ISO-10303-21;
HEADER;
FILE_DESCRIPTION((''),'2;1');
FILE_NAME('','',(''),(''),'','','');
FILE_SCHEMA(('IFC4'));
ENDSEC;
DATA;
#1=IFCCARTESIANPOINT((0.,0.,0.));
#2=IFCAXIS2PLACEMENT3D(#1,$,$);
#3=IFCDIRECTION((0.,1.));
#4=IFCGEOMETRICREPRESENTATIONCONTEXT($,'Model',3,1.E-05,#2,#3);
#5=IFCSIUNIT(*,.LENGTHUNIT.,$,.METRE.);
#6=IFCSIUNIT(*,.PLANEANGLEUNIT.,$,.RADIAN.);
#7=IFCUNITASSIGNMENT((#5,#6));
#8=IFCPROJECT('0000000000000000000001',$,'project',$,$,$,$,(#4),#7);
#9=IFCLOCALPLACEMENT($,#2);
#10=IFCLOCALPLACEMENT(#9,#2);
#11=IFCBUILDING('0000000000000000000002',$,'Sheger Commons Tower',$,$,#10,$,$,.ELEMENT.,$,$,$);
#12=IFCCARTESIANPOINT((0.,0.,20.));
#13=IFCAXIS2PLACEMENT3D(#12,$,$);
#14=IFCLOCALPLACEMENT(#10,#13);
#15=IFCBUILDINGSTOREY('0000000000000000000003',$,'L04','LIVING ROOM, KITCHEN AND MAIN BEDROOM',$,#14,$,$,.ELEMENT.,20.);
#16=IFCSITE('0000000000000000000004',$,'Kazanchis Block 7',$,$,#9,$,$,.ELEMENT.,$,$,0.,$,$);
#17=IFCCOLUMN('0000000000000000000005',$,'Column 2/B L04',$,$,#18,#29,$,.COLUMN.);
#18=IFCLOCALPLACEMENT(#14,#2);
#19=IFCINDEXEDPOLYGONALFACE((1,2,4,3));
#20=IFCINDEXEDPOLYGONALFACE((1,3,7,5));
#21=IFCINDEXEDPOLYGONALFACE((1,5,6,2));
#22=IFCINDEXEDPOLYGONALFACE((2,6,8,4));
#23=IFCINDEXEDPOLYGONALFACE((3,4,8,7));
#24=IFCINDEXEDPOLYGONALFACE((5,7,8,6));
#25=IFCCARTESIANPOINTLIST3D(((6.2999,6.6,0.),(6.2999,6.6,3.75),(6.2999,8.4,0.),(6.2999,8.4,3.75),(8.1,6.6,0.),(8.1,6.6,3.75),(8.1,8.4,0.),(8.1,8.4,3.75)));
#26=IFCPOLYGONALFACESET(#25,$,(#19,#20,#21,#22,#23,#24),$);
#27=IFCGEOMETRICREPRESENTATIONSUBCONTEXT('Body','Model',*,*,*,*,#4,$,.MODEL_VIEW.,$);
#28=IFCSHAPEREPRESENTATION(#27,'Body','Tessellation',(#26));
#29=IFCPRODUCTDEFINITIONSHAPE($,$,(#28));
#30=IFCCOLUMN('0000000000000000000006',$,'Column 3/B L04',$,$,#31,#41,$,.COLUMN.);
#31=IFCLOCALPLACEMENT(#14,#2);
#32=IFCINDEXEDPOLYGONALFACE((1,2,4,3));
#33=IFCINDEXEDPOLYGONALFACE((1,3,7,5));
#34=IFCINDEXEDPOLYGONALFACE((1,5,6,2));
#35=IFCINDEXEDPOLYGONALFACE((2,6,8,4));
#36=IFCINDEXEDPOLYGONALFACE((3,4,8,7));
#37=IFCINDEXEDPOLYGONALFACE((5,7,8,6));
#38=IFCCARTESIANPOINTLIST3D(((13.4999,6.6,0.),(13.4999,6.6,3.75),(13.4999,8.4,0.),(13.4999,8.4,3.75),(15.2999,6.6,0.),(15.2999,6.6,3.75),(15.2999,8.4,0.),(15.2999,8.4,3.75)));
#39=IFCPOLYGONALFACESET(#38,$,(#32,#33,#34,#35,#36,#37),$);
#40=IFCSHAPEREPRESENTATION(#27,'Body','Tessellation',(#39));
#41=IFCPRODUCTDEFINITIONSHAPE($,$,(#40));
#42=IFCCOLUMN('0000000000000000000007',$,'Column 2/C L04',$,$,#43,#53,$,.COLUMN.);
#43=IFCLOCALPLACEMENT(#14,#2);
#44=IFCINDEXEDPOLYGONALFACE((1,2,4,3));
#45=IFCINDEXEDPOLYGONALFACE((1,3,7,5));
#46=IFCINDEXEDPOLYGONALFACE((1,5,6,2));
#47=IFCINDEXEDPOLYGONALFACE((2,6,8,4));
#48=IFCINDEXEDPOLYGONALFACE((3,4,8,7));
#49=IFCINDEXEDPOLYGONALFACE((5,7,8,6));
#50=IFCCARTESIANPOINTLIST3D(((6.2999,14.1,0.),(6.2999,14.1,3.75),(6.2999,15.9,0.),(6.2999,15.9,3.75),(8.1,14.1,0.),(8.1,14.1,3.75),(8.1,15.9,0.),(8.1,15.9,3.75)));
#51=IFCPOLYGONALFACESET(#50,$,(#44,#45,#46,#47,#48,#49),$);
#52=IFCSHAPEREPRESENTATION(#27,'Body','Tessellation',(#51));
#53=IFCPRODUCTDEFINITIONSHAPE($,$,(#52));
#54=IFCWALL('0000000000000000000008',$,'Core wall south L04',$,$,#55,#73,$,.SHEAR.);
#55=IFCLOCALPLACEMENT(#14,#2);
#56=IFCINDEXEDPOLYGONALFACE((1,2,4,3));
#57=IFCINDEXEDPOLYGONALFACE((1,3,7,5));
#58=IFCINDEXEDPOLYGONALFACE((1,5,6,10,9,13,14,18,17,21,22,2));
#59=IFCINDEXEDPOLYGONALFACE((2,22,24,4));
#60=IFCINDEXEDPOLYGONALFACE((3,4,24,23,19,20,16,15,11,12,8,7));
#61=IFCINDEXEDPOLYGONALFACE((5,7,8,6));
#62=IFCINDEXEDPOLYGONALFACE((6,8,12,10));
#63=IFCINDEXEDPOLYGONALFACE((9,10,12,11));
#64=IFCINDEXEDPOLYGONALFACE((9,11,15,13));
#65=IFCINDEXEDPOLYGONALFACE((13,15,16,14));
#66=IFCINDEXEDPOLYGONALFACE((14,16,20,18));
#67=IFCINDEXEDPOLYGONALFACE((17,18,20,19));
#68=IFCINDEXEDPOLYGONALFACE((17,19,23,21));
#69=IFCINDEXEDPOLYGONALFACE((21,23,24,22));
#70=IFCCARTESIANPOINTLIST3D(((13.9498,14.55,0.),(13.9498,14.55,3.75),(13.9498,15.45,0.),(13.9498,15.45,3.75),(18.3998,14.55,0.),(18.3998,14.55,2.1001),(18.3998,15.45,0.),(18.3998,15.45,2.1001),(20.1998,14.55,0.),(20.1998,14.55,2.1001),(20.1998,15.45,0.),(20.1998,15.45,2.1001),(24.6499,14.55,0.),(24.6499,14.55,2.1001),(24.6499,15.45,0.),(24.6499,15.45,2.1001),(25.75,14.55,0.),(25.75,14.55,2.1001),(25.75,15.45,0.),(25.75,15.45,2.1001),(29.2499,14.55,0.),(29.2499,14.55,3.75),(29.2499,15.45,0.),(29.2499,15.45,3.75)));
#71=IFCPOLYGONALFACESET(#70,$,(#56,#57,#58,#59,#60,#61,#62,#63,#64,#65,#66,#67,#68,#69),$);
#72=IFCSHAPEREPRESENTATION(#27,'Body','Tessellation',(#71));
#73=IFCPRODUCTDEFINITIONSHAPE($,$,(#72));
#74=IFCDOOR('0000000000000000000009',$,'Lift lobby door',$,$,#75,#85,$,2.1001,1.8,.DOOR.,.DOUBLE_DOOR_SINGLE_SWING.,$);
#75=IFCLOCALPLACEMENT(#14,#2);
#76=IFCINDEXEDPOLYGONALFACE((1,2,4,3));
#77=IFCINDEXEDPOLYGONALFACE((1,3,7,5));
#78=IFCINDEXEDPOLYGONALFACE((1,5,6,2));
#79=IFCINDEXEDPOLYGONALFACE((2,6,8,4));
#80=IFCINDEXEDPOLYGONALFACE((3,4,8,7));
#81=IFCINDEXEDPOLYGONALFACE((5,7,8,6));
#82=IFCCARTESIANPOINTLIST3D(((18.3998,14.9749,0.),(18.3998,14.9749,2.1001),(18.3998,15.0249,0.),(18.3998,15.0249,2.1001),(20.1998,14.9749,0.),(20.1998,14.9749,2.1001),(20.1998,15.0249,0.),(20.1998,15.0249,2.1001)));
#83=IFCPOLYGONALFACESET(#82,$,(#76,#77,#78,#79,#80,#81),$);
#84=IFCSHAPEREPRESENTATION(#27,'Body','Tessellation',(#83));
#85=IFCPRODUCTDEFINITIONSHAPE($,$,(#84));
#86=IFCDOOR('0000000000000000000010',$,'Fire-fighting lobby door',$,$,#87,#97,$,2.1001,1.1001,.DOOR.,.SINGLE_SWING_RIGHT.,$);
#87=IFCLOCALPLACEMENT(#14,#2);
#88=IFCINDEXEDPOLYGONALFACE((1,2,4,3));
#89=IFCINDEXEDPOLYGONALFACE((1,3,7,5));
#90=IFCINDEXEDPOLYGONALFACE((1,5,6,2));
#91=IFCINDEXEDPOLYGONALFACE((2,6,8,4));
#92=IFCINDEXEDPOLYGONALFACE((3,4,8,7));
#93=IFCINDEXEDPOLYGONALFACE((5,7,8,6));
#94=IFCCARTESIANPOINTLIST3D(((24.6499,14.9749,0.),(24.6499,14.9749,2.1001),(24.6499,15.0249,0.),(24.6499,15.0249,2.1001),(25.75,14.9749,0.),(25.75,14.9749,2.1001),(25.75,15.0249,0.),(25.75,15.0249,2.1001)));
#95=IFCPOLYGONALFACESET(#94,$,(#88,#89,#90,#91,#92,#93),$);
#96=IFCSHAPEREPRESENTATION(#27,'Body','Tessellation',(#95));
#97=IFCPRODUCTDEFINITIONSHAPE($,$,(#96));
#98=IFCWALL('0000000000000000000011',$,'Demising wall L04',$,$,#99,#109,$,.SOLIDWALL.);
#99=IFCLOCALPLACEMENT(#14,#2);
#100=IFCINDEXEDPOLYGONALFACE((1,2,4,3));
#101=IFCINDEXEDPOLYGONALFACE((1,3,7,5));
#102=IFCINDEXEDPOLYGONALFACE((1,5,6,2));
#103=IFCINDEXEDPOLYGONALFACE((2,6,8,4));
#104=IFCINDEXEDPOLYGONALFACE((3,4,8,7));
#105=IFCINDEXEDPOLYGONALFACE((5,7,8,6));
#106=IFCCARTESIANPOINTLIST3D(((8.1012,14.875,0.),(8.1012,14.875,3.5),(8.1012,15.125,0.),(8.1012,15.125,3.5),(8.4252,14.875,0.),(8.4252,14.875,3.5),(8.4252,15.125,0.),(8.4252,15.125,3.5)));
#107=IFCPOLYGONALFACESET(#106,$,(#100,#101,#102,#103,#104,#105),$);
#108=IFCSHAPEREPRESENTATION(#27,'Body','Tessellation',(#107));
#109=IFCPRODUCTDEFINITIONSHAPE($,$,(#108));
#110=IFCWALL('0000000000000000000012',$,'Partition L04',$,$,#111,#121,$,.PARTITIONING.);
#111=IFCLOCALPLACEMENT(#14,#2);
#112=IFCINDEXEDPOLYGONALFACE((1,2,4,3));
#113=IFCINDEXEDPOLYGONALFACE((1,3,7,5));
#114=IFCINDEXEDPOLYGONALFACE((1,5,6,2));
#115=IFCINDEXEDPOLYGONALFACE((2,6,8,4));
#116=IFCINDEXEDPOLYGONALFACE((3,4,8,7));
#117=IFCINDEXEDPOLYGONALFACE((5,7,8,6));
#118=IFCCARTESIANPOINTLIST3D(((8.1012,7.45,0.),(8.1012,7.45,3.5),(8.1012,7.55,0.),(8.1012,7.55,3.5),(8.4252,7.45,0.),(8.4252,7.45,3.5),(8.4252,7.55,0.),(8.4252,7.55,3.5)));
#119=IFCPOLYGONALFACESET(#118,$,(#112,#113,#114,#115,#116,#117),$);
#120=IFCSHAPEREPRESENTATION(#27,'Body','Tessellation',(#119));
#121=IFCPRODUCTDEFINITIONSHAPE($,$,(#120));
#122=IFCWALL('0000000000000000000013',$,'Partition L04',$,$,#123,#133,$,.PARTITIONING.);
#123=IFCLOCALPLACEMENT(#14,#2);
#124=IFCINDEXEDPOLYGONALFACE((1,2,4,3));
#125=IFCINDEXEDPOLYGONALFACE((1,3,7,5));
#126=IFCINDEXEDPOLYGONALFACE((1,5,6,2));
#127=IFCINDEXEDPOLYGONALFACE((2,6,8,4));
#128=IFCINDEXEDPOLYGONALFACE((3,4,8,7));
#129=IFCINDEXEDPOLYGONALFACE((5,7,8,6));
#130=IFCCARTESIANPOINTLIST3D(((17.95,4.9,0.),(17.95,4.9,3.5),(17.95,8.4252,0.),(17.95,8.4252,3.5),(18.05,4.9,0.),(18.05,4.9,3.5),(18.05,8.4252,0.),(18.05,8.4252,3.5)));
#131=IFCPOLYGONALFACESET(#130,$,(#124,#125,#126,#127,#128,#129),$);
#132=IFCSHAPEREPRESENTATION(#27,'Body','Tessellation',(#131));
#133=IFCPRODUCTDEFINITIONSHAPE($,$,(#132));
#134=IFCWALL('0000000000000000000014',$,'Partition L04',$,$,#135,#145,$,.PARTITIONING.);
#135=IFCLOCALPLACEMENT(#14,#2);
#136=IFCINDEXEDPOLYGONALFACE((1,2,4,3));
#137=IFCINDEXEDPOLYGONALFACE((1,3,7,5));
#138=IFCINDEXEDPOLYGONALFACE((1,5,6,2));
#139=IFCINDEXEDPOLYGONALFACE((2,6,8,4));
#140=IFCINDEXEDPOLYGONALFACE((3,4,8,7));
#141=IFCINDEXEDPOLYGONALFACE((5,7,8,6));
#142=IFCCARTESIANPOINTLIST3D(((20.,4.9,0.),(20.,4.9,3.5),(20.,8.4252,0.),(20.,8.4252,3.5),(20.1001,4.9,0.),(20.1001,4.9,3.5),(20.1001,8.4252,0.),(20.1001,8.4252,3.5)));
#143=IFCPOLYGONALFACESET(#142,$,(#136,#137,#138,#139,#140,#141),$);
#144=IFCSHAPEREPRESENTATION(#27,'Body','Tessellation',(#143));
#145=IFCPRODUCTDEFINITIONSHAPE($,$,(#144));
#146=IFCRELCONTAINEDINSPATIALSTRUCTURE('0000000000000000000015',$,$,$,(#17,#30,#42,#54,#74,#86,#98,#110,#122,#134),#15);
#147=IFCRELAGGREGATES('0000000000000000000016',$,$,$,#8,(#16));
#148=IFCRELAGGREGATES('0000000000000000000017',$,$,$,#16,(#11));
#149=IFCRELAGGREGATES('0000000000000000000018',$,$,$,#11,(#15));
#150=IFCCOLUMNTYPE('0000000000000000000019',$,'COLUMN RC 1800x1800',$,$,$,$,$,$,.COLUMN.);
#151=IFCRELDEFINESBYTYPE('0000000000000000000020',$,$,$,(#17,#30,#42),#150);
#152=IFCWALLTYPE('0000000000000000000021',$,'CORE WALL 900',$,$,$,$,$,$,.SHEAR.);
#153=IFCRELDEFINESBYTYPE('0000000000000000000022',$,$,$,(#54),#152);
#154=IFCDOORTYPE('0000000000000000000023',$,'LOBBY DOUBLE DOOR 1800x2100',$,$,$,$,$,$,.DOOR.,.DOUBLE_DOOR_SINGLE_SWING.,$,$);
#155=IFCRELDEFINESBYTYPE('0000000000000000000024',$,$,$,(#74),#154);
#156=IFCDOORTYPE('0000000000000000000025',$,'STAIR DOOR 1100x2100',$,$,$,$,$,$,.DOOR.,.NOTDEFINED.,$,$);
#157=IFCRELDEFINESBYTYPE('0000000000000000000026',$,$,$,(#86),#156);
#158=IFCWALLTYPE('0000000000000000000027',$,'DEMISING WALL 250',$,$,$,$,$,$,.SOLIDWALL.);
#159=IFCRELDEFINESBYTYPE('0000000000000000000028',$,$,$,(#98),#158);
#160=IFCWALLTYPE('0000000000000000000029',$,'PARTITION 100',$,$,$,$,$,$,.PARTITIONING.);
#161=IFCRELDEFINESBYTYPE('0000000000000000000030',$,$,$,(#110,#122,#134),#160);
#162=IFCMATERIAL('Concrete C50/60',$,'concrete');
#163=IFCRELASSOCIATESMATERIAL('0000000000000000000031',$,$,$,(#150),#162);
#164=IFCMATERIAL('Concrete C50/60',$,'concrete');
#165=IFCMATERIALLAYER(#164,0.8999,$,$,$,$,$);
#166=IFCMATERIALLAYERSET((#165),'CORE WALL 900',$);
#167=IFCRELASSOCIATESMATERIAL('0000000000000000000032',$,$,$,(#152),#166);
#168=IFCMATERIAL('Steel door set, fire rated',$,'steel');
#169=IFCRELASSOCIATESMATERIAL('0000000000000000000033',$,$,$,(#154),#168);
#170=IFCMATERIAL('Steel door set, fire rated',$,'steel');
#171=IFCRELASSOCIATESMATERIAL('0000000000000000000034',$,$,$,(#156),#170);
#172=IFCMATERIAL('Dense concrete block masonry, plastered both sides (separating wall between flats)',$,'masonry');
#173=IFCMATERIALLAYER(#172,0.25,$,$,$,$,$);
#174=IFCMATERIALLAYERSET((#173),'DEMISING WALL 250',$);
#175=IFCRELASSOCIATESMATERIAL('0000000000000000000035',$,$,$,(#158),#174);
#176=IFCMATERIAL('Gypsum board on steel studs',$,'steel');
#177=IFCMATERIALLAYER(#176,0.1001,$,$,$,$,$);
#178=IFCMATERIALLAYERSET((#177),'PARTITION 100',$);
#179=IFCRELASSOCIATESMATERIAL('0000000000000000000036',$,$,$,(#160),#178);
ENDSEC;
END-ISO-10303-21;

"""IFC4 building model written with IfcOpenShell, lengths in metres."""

from ifc_helpers import new_model, si_unit, direction, frame, frame_2d, origin, origin_2d, place, context, subcontext, project, spatial, rectangle, extrude, material, layer, layer_set, material_profile, profile_set, type_object, element, fill, save


model = new_model("IFC4")

# Units and contexts
model_context = context("Model", 3, precision=1e-05, world=origin(), true_north=direction((0.0, 1.0)))
body_context = subcontext(model_context, "Body", "Model", "MODEL_VIEW")
ifc_project = project(units=[si_unit("LENGTHUNIT", "METRE"), si_unit("PLANEANGLEUNIT", "RADIAN")], contexts=[model_context])

# Site, building, storey
site_placement = place(None, origin())
site = spatial("IfcSite", under=ifc_project, at=site_placement, Name="Kazanchis Block 7", CompositionType="ELEMENT", RefElevation=0.0)
building_placement = place(site_placement, origin())
building = spatial("IfcBuilding", under=site, at=building_placement, Name="Sheger Commons Tower", CompositionType="ELEMENT")
storey_placement = place(building_placement, frame((0.0, 0.0, 20.0)))
storey = spatial("IfcBuildingStorey", under=building, at=storey_placement, Name="L04", Description="LIVING ROOM, KITCHEN AND MAIN BEDROOM", CompositionType="ELEMENT", Elevation=20.0)

# Columns
ifc_material_1 = material(Name="Concrete C50/60", Category="concrete")
ifc_material_profile = material_profile(ifc_material_1, rectangle(XDim=1.8, YDim=1.8, at=origin_2d()), Name="RC 1800x1800")
ifc_profile_set = profile_set([ifc_material_profile], Name="Concrete C50/60")
column_type = type_object("IfcColumnType", Name="COLUMN RC 1800x1800", PredefinedType="COLUMN", material=ifc_profile_set)
for number, where, z_axis, x_axis, name in (
    (1, (7.2, 7.5, 0.0), (0.0, 0.0, 1.0), (1.0, 0.0, 0.0), "Column 2/B L04"),
    (2, (14.3999, 7.5, 0.0), (0.0, 0.0, 1.0), (1.0, 0.0, 0.0), "Column 3/B L04"),
    (3, (7.2, 15.0, 0.0), (0.0, 0.0, 1.0), (1.0, 0.0, 0.0), "Column 2/C L04"),
):
    element("IfcColumn", number, at=place(storey_placement, frame(where, z_axis=z_axis, x_axis=x_axis)), inside=storey, type_object=column_type, Name=name, PredefinedType="COLUMN", context=body_context, shape_type="SweptSolid", body=[
        extrude(rectangle(XDim=1.8, YDim=1.8, at=origin_2d()), origin(), (0.0, 0.0, 1.0), 3.75),
    ])

# Wall, openings, doors
ifc_material_2 = material(Name="Concrete C50/60", Category="concrete")
ifc_layer_1 = layer(ifc_material_2, 0.8999)
ifc_layer_set_1 = layer_set([ifc_layer_1], Name="CORE WALL 900")
wall_type_1 = type_object("IfcWallType", Name="CORE WALL 900", PredefinedType="SHEAR", material=ifc_layer_set_1)
wall_1_placement = place(storey_placement, frame((13.95, 15.0, 0.0), z_axis=(0.0, 0.0, 1.0), x_axis=(1.0, 0.0, 0.0)))
wall_1 = element("IfcWall", 4, at=wall_1_placement, inside=storey, type_object=wall_type_1, Name="Core wall south L04", PredefinedType="SHEAR", context=body_context, shape_type="SweptSolid", body=[
    extrude(rectangle(XDim=15.3, YDim=0.8999, at=frame_2d((7.6499, 0.0))), origin(), (0.0, 0.0, 1.0), 3.75),
])
opening_1_placement = place(wall_1_placement, frame((4.45, 0.0, 0.0)))
opening_1 = element("IfcOpeningElement", 5, at=opening_1_placement, cuts=wall_1, PredefinedType="OPENING", context=body_context, shape_type="SweptSolid", body=[
    extrude(rectangle(XDim=1.8, YDim=2.1001, at=frame_2d((0.8999, 1.05))), frame((0.0, 0.46, 0.0), z_axis=(0.0, -1.0, 0.0), x_axis=(1.0, 0.0, 0.0)), (0.0, 0.0, 1.0), 0.9199),
])
opening_2_placement = place(wall_1_placement, frame((10.7, 0.0, 0.0)))
opening_2 = element("IfcOpeningElement", 6, at=opening_2_placement, cuts=wall_1, PredefinedType="OPENING", context=body_context, shape_type="SweptSolid", body=[
    extrude(rectangle(XDim=1.1001, YDim=2.1001, at=frame_2d((0.55, 1.05))), frame((0.0, 0.46, 0.0), z_axis=(0.0, -1.0, 0.0), x_axis=(1.0, 0.0, 0.0)), (0.0, 0.0, 1.0), 0.9199),
])
ifc_material_3 = material(Name="Steel door set, fire rated", Category="steel")
door_type_1 = type_object("IfcDoorType", Name="LOBBY DOUBLE DOOR 1800x2100", OperationType="DOUBLE_DOOR_SINGLE_SWING", PredefinedType="DOOR", material=ifc_material_3)
door_1_placement = place(opening_1_placement, origin())
door_1 = element("IfcDoor", 7, at=door_1_placement, inside=storey, type_object=door_type_1, Name="Lift lobby door", OperationType="DOUBLE_DOOR_SINGLE_SWING", OverallHeight=2.1001, OverallWidth=1.8, PredefinedType="DOOR", context=body_context, shape_type="SweptSolid", body=[
    extrude(rectangle(XDim=1.8, YDim=2.1001, at=frame_2d((0.8999, 1.05))), frame((0.0, 0.0249, 0.0), z_axis=(0.0, -1.0, 0.0), x_axis=(1.0, 0.0, 0.0)), (0.0, 0.0, 1.0), 0.05),
])
fill(opening_1, door_1)
ifc_material_4 = material(Name="Steel door set, fire rated", Category="steel")
door_type_2 = type_object("IfcDoorType", Name="STAIR DOOR 1100x2100", OperationType="NOTDEFINED", PredefinedType="DOOR", material=ifc_material_4)
door_2_placement = place(opening_2_placement, origin())
door_2 = element("IfcDoor", 8, at=door_2_placement, inside=storey, type_object=door_type_2, Name="Fire-fighting lobby door", OperationType="SINGLE_SWING_RIGHT", OverallHeight=2.1001, OverallWidth=1.1001, PredefinedType="DOOR", context=body_context, shape_type="SweptSolid", body=[
    extrude(rectangle(XDim=1.1001, YDim=2.1001, at=frame_2d((0.55, 1.05))), frame((0.0, 0.0249, 0.0), z_axis=(0.0, -1.0, 0.0), x_axis=(1.0, 0.0, 0.0)), (0.0, 0.0, 1.0), 0.05),
])
fill(opening_2, door_2)

# Walls
ifc_material_5 = material(Name="Dense concrete block masonry, plastered both sides (separating wall between flats)", Category="masonry")
ifc_layer_2 = layer(ifc_material_5, 0.25)
ifc_layer_set_2 = layer_set([ifc_layer_2], Name="DEMISING WALL 250")
wall_type_2 = type_object("IfcWallType", Name="DEMISING WALL 250", PredefinedType="SOLIDWALL", material=ifc_layer_set_2)
wall_2_placement = place(storey_placement, frame((8.1011, 15.0, 0.0), z_axis=(0.0, 0.0, 1.0), x_axis=(1.0, 0.0, 0.0)))
element("IfcWall", 9, at=wall_2_placement, inside=storey, type_object=wall_type_2, Name="Demising wall L04", PredefinedType="SOLIDWALL", context=body_context, shape_type="SweptSolid", body=[
    extrude(rectangle(XDim=0.324, YDim=0.25, at=frame_2d((0.1621, 0.0))), origin(), (0.0, 0.0, 1.0), 3.5),
])
ifc_material_6 = material(Name="Gypsum board on steel studs", Category="steel")
ifc_layer_3 = layer(ifc_material_6, 0.1001)
ifc_layer_set_3 = layer_set([ifc_layer_3], Name="PARTITION 100")
wall_type_3 = type_object("IfcWallType", Name="PARTITION 100", PredefinedType="PARTITIONING", material=ifc_layer_set_3)
wall_3_placement = place(storey_placement, frame((8.1011, 7.5, 0.0), z_axis=(0.0, 0.0, 1.0), x_axis=(1.0, 0.0, 0.0)))
element("IfcWall", 10, at=wall_3_placement, inside=storey, type_object=wall_type_3, Name="Partition L04", PredefinedType="PARTITIONING", context=body_context, shape_type="SweptSolid", body=[
    extrude(rectangle(XDim=0.324, YDim=0.1001, at=frame_2d((0.1621, 0.0))), origin(), (0.0, 0.0, 1.0), 3.5),
])
for number, where, z_axis, x_axis, name in (
    (11, (18.0, 4.8999, 0.0), (0.0, 0.0, 1.0), (0.0, 1.0, 0.0), "Partition L04"),
    (12, (20.05, 4.8999, 0.0), (0.0, 0.0, 1.0), (0.0, 1.0, 0.0), "Partition L04"),
):
    element("IfcWall", number, at=place(storey_placement, frame(where, z_axis=z_axis, x_axis=x_axis)), inside=storey, type_object=wall_type_3, Name=name, PredefinedType="PARTITIONING", context=body_context, shape_type="SweptSolid", body=[
        extrude(rectangle(XDim=3.5251, YDim=0.1001, at=frame_2d((1.7627, 0.0))), origin(), (0.0, 0.0, 1.0), 3.5),
    ])

save(model, "model.ifc")
